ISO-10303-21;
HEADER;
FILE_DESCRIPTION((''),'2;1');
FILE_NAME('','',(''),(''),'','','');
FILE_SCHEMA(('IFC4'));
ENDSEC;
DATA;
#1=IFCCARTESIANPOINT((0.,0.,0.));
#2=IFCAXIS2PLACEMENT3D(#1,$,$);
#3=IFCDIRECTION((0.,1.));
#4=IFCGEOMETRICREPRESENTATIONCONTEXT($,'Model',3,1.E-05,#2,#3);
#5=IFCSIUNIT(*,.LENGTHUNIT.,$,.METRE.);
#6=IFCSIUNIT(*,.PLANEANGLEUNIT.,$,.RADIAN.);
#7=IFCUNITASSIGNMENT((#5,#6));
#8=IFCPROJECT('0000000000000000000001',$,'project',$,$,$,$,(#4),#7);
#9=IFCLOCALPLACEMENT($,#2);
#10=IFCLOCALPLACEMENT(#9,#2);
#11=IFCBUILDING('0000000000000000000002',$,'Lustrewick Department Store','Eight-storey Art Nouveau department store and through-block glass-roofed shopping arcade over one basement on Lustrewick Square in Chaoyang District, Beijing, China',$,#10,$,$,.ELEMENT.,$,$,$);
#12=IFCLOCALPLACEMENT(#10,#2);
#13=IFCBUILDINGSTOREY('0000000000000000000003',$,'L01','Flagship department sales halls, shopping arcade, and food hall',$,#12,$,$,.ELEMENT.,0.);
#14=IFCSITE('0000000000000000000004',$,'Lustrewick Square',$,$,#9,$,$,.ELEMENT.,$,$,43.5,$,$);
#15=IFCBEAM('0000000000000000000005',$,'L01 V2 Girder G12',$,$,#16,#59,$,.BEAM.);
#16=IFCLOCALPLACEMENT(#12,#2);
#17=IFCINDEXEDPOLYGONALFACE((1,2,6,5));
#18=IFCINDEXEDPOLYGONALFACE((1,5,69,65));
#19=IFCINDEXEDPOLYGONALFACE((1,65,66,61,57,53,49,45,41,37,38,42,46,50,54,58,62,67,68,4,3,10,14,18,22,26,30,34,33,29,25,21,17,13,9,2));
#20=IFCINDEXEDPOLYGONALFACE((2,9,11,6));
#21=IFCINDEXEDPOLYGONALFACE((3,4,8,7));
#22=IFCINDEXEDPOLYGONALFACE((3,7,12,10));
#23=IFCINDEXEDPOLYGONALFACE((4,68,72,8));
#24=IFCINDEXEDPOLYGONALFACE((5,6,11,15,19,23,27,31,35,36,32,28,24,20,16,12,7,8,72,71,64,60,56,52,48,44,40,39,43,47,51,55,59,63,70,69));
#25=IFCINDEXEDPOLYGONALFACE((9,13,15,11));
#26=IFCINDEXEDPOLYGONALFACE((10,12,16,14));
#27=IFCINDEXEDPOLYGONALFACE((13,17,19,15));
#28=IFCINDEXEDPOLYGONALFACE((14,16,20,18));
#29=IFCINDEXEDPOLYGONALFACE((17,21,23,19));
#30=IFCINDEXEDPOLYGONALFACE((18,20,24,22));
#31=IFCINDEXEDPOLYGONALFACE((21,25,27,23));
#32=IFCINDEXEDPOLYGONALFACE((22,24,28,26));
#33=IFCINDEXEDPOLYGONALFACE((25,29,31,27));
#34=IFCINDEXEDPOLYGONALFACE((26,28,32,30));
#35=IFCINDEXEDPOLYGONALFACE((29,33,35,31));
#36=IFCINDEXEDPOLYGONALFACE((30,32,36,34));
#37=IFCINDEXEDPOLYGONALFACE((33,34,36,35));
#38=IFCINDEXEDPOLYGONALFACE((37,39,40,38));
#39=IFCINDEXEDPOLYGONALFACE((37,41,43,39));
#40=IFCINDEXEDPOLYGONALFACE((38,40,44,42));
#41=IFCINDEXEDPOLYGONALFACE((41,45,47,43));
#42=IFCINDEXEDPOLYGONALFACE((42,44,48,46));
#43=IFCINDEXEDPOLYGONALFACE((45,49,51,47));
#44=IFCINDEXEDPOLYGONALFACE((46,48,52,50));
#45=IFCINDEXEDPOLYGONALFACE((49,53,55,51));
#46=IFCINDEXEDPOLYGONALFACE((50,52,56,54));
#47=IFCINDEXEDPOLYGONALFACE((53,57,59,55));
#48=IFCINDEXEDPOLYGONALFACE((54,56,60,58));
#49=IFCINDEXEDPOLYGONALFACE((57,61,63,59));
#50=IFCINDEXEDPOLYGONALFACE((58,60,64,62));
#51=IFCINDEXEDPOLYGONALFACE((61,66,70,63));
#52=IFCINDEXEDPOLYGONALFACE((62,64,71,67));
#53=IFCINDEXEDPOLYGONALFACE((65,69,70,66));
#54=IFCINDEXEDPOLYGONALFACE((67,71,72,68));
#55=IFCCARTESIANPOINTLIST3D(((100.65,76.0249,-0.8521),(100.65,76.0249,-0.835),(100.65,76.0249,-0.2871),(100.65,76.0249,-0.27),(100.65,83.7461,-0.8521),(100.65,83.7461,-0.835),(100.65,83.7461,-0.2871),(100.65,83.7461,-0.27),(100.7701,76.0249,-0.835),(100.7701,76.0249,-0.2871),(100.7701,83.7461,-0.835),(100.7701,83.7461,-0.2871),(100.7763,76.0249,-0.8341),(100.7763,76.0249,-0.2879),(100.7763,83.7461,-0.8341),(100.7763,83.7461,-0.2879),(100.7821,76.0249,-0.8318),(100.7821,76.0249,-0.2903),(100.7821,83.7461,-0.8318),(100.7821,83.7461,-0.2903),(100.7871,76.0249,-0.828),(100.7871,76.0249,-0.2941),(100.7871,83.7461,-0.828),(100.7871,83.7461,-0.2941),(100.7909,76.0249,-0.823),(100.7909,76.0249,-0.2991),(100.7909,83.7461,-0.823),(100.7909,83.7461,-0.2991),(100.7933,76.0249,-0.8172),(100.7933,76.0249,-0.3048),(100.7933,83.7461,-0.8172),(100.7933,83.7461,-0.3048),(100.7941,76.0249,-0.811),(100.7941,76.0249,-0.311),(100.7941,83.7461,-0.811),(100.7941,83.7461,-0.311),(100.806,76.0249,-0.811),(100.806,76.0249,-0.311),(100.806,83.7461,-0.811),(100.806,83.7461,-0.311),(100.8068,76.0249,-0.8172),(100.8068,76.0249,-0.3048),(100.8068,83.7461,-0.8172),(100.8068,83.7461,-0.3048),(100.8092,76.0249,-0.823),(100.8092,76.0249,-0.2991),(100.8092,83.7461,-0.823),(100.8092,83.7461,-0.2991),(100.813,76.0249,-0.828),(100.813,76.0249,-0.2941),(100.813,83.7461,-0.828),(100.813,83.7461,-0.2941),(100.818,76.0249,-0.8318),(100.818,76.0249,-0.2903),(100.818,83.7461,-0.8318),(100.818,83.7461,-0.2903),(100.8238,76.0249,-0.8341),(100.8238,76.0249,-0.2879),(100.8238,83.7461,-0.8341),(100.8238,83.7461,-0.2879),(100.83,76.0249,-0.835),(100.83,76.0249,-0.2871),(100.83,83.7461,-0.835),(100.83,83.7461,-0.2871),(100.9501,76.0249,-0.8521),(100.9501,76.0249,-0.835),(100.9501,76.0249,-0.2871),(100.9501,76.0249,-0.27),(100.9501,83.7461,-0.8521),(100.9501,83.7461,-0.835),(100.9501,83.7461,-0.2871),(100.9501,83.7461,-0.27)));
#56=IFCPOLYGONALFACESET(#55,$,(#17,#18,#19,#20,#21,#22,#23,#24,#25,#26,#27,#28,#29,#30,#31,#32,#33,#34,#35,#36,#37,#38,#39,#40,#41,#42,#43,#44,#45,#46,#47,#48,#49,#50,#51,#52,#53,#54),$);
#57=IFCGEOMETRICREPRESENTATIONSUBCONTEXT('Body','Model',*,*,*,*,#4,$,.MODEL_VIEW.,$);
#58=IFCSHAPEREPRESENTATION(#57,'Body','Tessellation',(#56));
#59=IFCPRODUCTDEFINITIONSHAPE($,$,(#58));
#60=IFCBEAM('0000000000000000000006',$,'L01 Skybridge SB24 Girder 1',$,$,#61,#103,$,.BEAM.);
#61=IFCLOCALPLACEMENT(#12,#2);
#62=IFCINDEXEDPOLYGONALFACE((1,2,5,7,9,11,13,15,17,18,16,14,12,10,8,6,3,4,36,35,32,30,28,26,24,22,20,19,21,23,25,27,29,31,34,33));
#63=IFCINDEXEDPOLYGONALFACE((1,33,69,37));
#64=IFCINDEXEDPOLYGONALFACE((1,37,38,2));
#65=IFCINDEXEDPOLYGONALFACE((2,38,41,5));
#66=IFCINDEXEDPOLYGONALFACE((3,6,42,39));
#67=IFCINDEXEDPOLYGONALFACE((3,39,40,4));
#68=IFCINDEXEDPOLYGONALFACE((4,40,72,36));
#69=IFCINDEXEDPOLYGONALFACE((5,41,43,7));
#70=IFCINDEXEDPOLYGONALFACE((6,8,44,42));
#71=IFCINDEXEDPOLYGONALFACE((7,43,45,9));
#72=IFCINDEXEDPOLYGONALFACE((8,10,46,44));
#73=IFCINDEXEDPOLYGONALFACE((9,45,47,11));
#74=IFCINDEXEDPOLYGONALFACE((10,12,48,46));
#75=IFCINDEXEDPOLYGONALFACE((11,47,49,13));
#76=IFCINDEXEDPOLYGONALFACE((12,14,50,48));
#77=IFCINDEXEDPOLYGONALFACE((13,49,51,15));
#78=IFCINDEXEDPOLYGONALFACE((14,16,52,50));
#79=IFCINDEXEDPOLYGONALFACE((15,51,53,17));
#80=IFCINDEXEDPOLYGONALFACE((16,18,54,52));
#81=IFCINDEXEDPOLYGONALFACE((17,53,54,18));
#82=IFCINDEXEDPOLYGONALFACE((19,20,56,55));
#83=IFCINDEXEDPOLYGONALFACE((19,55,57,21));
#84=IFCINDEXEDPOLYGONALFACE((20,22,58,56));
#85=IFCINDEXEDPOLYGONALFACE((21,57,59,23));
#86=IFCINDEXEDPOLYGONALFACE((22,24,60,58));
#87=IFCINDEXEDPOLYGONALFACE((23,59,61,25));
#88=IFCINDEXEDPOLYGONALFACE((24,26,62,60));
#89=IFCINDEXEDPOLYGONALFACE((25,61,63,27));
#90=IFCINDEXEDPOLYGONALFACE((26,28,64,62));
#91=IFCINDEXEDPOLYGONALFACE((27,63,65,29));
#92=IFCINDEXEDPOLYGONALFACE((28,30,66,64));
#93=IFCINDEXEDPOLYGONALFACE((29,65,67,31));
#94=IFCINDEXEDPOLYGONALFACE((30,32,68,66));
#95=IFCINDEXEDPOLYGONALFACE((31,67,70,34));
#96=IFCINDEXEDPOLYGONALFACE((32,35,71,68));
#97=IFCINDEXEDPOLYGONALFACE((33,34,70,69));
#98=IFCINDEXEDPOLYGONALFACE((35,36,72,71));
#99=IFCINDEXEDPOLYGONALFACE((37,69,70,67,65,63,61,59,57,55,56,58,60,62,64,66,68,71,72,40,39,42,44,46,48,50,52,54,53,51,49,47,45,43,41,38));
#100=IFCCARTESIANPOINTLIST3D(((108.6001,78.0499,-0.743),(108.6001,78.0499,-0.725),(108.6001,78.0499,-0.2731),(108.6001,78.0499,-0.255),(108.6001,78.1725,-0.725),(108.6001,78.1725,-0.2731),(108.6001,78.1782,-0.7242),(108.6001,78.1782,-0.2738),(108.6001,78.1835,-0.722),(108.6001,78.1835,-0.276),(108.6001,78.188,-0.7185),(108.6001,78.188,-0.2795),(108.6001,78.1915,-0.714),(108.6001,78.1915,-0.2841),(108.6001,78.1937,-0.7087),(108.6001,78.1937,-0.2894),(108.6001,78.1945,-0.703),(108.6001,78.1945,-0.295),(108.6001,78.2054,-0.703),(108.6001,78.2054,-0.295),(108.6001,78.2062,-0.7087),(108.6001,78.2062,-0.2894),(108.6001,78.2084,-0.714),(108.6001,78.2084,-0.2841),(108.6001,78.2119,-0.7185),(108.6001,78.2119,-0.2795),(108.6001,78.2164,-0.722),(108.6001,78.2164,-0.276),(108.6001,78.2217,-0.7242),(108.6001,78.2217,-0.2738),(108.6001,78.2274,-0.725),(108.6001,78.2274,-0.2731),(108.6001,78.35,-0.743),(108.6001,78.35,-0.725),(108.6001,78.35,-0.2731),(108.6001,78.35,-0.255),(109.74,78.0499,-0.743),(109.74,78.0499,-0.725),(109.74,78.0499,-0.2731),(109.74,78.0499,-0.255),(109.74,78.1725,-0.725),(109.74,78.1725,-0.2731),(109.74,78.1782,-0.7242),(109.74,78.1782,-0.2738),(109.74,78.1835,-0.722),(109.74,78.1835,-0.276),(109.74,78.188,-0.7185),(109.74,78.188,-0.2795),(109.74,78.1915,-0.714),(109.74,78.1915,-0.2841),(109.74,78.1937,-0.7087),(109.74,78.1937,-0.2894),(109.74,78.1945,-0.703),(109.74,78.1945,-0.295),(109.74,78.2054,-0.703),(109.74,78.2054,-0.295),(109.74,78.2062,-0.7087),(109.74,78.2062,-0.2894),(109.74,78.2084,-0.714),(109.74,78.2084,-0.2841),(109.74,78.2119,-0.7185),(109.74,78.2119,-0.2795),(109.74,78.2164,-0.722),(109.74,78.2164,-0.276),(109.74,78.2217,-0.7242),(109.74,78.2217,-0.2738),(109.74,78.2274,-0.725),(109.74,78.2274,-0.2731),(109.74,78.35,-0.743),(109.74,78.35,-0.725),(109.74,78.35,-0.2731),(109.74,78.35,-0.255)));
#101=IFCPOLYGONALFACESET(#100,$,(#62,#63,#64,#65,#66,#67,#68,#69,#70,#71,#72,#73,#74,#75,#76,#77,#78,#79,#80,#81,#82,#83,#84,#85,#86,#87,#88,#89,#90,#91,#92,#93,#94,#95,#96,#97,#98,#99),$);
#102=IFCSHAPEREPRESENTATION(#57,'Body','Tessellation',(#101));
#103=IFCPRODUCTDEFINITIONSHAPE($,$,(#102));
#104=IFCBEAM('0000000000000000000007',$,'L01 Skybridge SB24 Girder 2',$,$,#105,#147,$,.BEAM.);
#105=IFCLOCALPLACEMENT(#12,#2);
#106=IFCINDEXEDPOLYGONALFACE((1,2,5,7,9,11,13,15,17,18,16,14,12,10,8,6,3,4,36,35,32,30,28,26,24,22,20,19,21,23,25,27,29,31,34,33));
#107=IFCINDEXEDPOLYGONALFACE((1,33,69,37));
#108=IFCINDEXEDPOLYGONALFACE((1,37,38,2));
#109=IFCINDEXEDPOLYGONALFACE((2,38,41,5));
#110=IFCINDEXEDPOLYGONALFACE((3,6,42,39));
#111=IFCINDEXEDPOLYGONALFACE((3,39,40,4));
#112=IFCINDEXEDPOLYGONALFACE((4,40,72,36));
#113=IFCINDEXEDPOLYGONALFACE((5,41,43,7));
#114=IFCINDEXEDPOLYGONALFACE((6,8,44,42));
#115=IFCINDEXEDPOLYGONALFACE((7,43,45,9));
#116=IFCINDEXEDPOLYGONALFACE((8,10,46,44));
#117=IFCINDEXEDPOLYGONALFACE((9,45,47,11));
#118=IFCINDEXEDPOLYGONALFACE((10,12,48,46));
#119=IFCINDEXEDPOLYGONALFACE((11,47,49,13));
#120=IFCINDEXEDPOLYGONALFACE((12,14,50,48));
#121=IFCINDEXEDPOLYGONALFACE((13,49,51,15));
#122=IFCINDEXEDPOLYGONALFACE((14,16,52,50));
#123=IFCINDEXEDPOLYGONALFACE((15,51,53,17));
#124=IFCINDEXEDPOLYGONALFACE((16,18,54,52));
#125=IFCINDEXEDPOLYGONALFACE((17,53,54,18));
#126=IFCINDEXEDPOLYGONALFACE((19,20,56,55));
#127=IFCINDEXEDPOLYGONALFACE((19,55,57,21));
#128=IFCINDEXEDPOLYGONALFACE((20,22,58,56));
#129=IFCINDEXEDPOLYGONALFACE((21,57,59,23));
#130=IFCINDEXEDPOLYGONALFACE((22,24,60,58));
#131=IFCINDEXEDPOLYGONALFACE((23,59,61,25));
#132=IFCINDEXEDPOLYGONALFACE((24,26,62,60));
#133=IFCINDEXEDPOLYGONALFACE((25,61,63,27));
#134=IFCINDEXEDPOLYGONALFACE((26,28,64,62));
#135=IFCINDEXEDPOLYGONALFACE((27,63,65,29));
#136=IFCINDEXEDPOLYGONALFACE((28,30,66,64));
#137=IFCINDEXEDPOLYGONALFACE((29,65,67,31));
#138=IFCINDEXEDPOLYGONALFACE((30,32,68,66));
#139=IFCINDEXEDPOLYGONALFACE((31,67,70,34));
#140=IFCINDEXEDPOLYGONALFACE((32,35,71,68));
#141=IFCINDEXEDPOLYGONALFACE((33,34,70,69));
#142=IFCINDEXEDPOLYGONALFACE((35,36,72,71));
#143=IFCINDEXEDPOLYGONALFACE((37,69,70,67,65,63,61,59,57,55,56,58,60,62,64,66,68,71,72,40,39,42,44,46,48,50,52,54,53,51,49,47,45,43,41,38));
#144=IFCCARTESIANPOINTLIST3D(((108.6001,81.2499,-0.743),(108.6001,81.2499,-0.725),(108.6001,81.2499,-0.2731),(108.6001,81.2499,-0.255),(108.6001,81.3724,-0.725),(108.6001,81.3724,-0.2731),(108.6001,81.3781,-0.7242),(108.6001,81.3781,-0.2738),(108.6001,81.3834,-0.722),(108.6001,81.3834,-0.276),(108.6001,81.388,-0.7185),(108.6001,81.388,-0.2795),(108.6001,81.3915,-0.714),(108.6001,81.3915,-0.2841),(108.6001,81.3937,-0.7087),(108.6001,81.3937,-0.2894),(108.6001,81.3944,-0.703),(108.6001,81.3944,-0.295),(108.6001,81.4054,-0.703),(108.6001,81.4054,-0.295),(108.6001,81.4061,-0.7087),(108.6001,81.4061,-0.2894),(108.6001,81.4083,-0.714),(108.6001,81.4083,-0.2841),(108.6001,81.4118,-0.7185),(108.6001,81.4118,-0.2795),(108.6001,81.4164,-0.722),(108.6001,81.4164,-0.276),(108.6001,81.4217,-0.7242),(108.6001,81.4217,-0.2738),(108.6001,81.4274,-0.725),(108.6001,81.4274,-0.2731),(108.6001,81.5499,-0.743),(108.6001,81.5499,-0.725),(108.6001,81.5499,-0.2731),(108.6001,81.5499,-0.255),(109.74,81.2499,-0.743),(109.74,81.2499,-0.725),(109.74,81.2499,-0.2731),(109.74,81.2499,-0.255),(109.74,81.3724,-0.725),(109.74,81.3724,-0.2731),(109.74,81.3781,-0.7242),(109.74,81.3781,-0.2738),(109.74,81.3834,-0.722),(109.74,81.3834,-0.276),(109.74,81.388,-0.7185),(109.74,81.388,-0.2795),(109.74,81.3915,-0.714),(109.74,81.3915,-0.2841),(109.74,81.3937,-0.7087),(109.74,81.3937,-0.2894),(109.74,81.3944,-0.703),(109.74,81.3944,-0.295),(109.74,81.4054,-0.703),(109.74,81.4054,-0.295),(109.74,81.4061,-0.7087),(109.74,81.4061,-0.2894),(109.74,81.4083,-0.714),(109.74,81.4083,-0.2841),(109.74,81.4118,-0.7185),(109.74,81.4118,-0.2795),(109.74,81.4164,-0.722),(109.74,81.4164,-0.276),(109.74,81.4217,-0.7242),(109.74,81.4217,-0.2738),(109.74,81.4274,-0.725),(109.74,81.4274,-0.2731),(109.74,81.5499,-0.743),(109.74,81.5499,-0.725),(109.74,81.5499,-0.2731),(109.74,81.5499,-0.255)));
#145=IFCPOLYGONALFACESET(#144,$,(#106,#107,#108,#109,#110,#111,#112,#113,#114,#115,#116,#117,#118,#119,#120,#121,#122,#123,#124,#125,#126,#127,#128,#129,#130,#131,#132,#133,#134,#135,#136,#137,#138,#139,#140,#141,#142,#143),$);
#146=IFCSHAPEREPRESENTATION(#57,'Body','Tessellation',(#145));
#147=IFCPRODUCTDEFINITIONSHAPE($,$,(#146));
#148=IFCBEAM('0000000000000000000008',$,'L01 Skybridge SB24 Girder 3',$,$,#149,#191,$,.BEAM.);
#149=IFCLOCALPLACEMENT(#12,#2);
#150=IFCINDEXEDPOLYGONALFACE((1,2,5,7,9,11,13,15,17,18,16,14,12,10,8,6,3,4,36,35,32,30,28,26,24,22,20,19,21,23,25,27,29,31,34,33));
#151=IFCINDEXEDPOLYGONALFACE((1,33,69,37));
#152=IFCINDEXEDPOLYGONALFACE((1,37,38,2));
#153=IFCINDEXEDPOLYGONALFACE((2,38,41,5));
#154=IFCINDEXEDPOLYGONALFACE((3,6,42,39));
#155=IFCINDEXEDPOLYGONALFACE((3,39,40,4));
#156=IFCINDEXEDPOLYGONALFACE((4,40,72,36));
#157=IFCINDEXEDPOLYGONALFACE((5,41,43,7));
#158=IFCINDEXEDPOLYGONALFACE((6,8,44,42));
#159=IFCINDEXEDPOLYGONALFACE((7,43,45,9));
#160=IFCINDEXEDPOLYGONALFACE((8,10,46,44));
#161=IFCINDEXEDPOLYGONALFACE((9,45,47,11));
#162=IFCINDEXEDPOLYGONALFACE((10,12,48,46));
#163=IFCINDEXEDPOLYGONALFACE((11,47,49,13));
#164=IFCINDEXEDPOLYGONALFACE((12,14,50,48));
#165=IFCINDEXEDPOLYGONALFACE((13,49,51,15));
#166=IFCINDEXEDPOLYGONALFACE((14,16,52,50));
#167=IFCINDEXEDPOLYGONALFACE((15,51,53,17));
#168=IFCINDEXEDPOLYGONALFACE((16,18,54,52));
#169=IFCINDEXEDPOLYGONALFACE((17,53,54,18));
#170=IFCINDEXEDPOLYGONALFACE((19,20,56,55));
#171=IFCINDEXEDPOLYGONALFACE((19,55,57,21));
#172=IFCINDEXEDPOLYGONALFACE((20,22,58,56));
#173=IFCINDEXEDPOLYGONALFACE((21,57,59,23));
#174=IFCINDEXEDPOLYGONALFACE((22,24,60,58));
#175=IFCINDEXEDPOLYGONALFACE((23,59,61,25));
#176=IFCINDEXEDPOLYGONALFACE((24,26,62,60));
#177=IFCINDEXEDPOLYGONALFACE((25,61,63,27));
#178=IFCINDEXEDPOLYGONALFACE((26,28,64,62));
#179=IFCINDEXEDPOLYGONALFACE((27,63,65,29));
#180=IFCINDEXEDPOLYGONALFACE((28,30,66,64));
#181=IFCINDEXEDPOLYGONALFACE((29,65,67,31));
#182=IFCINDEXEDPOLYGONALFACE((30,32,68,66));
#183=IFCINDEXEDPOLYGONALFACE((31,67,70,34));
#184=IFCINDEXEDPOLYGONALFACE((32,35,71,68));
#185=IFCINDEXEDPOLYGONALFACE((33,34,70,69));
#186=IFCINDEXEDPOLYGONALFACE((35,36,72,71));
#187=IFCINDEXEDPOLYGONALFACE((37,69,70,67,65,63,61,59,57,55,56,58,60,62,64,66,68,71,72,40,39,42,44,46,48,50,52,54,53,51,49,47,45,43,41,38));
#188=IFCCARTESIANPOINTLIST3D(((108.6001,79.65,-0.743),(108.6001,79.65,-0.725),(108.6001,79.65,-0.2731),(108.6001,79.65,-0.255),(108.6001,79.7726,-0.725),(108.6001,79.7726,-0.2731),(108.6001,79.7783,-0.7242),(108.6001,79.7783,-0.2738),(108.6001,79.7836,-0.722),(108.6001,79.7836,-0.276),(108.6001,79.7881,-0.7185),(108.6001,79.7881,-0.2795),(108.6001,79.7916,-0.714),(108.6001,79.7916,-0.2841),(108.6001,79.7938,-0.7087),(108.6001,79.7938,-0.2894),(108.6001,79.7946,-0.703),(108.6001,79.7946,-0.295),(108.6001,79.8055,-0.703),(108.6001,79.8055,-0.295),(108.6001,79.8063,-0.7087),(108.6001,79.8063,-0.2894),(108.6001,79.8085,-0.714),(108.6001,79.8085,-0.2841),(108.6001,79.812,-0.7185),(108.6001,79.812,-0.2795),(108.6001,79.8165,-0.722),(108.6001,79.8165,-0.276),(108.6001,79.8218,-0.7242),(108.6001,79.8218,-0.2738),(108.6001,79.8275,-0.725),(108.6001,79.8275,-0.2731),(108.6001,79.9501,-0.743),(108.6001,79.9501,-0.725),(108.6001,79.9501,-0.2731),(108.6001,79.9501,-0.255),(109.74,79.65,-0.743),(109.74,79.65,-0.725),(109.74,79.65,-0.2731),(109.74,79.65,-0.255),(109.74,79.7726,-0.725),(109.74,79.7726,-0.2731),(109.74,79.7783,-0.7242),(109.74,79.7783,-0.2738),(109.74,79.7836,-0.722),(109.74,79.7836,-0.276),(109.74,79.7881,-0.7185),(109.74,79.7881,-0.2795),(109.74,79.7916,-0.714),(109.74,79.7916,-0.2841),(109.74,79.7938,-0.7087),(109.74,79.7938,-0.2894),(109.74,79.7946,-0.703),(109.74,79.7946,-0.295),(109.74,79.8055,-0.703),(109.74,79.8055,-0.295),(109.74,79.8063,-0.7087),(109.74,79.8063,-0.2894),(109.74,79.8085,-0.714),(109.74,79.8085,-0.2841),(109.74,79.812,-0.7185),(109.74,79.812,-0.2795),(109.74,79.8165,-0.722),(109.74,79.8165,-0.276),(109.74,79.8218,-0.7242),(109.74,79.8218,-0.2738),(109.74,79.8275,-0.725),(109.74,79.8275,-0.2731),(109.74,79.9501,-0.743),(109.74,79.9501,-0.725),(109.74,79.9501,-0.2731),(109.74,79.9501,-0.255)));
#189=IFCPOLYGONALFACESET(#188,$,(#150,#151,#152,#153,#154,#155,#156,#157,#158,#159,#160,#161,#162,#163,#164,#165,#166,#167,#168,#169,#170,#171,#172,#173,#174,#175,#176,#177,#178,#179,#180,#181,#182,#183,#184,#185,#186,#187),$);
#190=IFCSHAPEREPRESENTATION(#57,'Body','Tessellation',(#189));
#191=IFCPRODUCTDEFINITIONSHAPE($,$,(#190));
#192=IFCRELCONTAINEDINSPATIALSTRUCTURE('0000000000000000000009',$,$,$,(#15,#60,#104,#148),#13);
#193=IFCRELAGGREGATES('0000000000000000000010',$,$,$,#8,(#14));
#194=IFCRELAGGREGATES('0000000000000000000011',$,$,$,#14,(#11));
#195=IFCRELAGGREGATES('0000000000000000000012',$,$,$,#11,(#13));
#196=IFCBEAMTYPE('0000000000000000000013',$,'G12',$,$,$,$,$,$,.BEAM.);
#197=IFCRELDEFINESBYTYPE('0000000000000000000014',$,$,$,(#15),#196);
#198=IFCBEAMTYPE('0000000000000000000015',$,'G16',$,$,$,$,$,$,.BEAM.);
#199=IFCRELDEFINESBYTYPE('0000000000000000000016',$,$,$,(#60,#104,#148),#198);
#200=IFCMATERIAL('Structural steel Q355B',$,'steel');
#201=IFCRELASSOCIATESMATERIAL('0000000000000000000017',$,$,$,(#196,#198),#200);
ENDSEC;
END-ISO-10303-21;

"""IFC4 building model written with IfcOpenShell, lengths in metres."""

from ifc_helpers import new_model, si_unit, direction, frame, origin, origin_2d, place, context, subcontext, project, spatial, i_section, extrude, material, material_profile, profile_set, type_object, element, save


model = new_model("IFC4")

# Units and contexts
model_context = context("Model", 3, precision=1e-05, world=origin(), true_north=direction((0.0, 1.0)))
body_context = subcontext(model_context, "Body", "Model", "MODEL_VIEW")
ifc_project = project(units=[si_unit("LENGTHUNIT", "METRE"), si_unit("PLANEANGLEUNIT", "RADIAN")], contexts=[model_context])

# Site, building, storey
site_placement = place(None, origin())
site = spatial("IfcSite", under=ifc_project, at=site_placement, Name="Lustrewick Square", CompositionType="ELEMENT", RefElevation=43.5)
building_placement = place(site_placement, origin())
building = spatial("IfcBuilding", under=site, at=building_placement, Name="Lustrewick Department Store", Description="Eight-storey Art Nouveau department store and through-block glass-roofed shopping arcade over one basement on Lustrewick Square in Chaoyang District, Beijing, China", CompositionType="ELEMENT")
storey_placement = place(building_placement, origin())
storey = spatial("IfcBuildingStorey", under=building, at=storey_placement, Name="L01", Description="Flagship department sales halls, shopping arcade, and food hall", CompositionType="ELEMENT", Elevation=0.0)

# Beams
ifc_material_1 = material(Name="Structural steel Q355B", Category="steel")
ifc_material_profile_1 = material_profile(ifc_material_1, i_section(OverallWidth=0.3, OverallDepth=0.582, WebThickness=0.012, FlangeThickness=0.0171, FilletRadius=0.0239, at=origin_2d()), Name="HM 582x300x12x17")
ifc_profile_set_1 = profile_set([ifc_material_profile_1], Name="Structural steel Q355B")
beam_type_1 = type_object("IfcBeamType", Name="G12", PredefinedType="BEAM", material=ifc_profile_set_1)
beam_1_placement = place(storey_placement, frame((100.8, 76.0249, -0.561), z_axis=(0.0, 1.0, 0.0), x_axis=(-1.0, 0.0, 0.0)))
element("IfcBeam", 1, at=beam_1_placement, inside=storey, type_object=beam_type_1, Name="L01 V2 Girder G12", PredefinedType="BEAM", context=body_context, shape_type="SweptSolid", body=[
    extrude(i_section(OverallWidth=0.3, OverallDepth=0.582, WebThickness=0.012, FlangeThickness=0.0171, FilletRadius=0.0239, at=origin_2d()), origin(), (0.0, 0.0, 1.0), 7.7212),
])
ifc_material_profile_2 = material_profile(ifc_material_1, i_section(OverallWidth=0.3, OverallDepth=0.488, WebThickness=0.011, FlangeThickness=0.0181, FilletRadius=0.022, at=origin_2d()), Name="HM 488x300x11x18")
ifc_profile_set_2 = profile_set([ifc_material_profile_2], Name="Structural steel Q355B")
beam_type_2 = type_object("IfcBeamType", Name="G16", PredefinedType="BEAM", material=ifc_profile_set_2)
for number, where, z_axis, x_axis, name in (
    (2, (108.6001, 78.2, -0.499), (1.0, 0.0, 0.0), (0.0, 1.0, 0.0), "L01 Skybridge SB24 Girder 1"),
    (3, (108.6001, 81.3999, -0.499), (1.0, 0.0, 0.0), (0.0, 1.0, 0.0), "L01 Skybridge SB24 Girder 2"),
    (4, (108.6001, 79.8, -0.499), (1.0, 0.0, 0.0), (0.0, 1.0, 0.0), "L01 Skybridge SB24 Girder 3"),
):
    element("IfcBeam", number, at=place(storey_placement, frame(where, z_axis=z_axis, x_axis=x_axis)), inside=storey, type_object=beam_type_2, Name=name, PredefinedType="BEAM", context=body_context, shape_type="SweptSolid", body=[
        extrude(i_section(OverallWidth=0.3, OverallDepth=0.488, WebThickness=0.011, FlangeThickness=0.0181, FilletRadius=0.022, at=origin_2d()), origin(), (0.0, 0.0, 1.0), 1.1399),
    ])

save(model, "model.ifc")
